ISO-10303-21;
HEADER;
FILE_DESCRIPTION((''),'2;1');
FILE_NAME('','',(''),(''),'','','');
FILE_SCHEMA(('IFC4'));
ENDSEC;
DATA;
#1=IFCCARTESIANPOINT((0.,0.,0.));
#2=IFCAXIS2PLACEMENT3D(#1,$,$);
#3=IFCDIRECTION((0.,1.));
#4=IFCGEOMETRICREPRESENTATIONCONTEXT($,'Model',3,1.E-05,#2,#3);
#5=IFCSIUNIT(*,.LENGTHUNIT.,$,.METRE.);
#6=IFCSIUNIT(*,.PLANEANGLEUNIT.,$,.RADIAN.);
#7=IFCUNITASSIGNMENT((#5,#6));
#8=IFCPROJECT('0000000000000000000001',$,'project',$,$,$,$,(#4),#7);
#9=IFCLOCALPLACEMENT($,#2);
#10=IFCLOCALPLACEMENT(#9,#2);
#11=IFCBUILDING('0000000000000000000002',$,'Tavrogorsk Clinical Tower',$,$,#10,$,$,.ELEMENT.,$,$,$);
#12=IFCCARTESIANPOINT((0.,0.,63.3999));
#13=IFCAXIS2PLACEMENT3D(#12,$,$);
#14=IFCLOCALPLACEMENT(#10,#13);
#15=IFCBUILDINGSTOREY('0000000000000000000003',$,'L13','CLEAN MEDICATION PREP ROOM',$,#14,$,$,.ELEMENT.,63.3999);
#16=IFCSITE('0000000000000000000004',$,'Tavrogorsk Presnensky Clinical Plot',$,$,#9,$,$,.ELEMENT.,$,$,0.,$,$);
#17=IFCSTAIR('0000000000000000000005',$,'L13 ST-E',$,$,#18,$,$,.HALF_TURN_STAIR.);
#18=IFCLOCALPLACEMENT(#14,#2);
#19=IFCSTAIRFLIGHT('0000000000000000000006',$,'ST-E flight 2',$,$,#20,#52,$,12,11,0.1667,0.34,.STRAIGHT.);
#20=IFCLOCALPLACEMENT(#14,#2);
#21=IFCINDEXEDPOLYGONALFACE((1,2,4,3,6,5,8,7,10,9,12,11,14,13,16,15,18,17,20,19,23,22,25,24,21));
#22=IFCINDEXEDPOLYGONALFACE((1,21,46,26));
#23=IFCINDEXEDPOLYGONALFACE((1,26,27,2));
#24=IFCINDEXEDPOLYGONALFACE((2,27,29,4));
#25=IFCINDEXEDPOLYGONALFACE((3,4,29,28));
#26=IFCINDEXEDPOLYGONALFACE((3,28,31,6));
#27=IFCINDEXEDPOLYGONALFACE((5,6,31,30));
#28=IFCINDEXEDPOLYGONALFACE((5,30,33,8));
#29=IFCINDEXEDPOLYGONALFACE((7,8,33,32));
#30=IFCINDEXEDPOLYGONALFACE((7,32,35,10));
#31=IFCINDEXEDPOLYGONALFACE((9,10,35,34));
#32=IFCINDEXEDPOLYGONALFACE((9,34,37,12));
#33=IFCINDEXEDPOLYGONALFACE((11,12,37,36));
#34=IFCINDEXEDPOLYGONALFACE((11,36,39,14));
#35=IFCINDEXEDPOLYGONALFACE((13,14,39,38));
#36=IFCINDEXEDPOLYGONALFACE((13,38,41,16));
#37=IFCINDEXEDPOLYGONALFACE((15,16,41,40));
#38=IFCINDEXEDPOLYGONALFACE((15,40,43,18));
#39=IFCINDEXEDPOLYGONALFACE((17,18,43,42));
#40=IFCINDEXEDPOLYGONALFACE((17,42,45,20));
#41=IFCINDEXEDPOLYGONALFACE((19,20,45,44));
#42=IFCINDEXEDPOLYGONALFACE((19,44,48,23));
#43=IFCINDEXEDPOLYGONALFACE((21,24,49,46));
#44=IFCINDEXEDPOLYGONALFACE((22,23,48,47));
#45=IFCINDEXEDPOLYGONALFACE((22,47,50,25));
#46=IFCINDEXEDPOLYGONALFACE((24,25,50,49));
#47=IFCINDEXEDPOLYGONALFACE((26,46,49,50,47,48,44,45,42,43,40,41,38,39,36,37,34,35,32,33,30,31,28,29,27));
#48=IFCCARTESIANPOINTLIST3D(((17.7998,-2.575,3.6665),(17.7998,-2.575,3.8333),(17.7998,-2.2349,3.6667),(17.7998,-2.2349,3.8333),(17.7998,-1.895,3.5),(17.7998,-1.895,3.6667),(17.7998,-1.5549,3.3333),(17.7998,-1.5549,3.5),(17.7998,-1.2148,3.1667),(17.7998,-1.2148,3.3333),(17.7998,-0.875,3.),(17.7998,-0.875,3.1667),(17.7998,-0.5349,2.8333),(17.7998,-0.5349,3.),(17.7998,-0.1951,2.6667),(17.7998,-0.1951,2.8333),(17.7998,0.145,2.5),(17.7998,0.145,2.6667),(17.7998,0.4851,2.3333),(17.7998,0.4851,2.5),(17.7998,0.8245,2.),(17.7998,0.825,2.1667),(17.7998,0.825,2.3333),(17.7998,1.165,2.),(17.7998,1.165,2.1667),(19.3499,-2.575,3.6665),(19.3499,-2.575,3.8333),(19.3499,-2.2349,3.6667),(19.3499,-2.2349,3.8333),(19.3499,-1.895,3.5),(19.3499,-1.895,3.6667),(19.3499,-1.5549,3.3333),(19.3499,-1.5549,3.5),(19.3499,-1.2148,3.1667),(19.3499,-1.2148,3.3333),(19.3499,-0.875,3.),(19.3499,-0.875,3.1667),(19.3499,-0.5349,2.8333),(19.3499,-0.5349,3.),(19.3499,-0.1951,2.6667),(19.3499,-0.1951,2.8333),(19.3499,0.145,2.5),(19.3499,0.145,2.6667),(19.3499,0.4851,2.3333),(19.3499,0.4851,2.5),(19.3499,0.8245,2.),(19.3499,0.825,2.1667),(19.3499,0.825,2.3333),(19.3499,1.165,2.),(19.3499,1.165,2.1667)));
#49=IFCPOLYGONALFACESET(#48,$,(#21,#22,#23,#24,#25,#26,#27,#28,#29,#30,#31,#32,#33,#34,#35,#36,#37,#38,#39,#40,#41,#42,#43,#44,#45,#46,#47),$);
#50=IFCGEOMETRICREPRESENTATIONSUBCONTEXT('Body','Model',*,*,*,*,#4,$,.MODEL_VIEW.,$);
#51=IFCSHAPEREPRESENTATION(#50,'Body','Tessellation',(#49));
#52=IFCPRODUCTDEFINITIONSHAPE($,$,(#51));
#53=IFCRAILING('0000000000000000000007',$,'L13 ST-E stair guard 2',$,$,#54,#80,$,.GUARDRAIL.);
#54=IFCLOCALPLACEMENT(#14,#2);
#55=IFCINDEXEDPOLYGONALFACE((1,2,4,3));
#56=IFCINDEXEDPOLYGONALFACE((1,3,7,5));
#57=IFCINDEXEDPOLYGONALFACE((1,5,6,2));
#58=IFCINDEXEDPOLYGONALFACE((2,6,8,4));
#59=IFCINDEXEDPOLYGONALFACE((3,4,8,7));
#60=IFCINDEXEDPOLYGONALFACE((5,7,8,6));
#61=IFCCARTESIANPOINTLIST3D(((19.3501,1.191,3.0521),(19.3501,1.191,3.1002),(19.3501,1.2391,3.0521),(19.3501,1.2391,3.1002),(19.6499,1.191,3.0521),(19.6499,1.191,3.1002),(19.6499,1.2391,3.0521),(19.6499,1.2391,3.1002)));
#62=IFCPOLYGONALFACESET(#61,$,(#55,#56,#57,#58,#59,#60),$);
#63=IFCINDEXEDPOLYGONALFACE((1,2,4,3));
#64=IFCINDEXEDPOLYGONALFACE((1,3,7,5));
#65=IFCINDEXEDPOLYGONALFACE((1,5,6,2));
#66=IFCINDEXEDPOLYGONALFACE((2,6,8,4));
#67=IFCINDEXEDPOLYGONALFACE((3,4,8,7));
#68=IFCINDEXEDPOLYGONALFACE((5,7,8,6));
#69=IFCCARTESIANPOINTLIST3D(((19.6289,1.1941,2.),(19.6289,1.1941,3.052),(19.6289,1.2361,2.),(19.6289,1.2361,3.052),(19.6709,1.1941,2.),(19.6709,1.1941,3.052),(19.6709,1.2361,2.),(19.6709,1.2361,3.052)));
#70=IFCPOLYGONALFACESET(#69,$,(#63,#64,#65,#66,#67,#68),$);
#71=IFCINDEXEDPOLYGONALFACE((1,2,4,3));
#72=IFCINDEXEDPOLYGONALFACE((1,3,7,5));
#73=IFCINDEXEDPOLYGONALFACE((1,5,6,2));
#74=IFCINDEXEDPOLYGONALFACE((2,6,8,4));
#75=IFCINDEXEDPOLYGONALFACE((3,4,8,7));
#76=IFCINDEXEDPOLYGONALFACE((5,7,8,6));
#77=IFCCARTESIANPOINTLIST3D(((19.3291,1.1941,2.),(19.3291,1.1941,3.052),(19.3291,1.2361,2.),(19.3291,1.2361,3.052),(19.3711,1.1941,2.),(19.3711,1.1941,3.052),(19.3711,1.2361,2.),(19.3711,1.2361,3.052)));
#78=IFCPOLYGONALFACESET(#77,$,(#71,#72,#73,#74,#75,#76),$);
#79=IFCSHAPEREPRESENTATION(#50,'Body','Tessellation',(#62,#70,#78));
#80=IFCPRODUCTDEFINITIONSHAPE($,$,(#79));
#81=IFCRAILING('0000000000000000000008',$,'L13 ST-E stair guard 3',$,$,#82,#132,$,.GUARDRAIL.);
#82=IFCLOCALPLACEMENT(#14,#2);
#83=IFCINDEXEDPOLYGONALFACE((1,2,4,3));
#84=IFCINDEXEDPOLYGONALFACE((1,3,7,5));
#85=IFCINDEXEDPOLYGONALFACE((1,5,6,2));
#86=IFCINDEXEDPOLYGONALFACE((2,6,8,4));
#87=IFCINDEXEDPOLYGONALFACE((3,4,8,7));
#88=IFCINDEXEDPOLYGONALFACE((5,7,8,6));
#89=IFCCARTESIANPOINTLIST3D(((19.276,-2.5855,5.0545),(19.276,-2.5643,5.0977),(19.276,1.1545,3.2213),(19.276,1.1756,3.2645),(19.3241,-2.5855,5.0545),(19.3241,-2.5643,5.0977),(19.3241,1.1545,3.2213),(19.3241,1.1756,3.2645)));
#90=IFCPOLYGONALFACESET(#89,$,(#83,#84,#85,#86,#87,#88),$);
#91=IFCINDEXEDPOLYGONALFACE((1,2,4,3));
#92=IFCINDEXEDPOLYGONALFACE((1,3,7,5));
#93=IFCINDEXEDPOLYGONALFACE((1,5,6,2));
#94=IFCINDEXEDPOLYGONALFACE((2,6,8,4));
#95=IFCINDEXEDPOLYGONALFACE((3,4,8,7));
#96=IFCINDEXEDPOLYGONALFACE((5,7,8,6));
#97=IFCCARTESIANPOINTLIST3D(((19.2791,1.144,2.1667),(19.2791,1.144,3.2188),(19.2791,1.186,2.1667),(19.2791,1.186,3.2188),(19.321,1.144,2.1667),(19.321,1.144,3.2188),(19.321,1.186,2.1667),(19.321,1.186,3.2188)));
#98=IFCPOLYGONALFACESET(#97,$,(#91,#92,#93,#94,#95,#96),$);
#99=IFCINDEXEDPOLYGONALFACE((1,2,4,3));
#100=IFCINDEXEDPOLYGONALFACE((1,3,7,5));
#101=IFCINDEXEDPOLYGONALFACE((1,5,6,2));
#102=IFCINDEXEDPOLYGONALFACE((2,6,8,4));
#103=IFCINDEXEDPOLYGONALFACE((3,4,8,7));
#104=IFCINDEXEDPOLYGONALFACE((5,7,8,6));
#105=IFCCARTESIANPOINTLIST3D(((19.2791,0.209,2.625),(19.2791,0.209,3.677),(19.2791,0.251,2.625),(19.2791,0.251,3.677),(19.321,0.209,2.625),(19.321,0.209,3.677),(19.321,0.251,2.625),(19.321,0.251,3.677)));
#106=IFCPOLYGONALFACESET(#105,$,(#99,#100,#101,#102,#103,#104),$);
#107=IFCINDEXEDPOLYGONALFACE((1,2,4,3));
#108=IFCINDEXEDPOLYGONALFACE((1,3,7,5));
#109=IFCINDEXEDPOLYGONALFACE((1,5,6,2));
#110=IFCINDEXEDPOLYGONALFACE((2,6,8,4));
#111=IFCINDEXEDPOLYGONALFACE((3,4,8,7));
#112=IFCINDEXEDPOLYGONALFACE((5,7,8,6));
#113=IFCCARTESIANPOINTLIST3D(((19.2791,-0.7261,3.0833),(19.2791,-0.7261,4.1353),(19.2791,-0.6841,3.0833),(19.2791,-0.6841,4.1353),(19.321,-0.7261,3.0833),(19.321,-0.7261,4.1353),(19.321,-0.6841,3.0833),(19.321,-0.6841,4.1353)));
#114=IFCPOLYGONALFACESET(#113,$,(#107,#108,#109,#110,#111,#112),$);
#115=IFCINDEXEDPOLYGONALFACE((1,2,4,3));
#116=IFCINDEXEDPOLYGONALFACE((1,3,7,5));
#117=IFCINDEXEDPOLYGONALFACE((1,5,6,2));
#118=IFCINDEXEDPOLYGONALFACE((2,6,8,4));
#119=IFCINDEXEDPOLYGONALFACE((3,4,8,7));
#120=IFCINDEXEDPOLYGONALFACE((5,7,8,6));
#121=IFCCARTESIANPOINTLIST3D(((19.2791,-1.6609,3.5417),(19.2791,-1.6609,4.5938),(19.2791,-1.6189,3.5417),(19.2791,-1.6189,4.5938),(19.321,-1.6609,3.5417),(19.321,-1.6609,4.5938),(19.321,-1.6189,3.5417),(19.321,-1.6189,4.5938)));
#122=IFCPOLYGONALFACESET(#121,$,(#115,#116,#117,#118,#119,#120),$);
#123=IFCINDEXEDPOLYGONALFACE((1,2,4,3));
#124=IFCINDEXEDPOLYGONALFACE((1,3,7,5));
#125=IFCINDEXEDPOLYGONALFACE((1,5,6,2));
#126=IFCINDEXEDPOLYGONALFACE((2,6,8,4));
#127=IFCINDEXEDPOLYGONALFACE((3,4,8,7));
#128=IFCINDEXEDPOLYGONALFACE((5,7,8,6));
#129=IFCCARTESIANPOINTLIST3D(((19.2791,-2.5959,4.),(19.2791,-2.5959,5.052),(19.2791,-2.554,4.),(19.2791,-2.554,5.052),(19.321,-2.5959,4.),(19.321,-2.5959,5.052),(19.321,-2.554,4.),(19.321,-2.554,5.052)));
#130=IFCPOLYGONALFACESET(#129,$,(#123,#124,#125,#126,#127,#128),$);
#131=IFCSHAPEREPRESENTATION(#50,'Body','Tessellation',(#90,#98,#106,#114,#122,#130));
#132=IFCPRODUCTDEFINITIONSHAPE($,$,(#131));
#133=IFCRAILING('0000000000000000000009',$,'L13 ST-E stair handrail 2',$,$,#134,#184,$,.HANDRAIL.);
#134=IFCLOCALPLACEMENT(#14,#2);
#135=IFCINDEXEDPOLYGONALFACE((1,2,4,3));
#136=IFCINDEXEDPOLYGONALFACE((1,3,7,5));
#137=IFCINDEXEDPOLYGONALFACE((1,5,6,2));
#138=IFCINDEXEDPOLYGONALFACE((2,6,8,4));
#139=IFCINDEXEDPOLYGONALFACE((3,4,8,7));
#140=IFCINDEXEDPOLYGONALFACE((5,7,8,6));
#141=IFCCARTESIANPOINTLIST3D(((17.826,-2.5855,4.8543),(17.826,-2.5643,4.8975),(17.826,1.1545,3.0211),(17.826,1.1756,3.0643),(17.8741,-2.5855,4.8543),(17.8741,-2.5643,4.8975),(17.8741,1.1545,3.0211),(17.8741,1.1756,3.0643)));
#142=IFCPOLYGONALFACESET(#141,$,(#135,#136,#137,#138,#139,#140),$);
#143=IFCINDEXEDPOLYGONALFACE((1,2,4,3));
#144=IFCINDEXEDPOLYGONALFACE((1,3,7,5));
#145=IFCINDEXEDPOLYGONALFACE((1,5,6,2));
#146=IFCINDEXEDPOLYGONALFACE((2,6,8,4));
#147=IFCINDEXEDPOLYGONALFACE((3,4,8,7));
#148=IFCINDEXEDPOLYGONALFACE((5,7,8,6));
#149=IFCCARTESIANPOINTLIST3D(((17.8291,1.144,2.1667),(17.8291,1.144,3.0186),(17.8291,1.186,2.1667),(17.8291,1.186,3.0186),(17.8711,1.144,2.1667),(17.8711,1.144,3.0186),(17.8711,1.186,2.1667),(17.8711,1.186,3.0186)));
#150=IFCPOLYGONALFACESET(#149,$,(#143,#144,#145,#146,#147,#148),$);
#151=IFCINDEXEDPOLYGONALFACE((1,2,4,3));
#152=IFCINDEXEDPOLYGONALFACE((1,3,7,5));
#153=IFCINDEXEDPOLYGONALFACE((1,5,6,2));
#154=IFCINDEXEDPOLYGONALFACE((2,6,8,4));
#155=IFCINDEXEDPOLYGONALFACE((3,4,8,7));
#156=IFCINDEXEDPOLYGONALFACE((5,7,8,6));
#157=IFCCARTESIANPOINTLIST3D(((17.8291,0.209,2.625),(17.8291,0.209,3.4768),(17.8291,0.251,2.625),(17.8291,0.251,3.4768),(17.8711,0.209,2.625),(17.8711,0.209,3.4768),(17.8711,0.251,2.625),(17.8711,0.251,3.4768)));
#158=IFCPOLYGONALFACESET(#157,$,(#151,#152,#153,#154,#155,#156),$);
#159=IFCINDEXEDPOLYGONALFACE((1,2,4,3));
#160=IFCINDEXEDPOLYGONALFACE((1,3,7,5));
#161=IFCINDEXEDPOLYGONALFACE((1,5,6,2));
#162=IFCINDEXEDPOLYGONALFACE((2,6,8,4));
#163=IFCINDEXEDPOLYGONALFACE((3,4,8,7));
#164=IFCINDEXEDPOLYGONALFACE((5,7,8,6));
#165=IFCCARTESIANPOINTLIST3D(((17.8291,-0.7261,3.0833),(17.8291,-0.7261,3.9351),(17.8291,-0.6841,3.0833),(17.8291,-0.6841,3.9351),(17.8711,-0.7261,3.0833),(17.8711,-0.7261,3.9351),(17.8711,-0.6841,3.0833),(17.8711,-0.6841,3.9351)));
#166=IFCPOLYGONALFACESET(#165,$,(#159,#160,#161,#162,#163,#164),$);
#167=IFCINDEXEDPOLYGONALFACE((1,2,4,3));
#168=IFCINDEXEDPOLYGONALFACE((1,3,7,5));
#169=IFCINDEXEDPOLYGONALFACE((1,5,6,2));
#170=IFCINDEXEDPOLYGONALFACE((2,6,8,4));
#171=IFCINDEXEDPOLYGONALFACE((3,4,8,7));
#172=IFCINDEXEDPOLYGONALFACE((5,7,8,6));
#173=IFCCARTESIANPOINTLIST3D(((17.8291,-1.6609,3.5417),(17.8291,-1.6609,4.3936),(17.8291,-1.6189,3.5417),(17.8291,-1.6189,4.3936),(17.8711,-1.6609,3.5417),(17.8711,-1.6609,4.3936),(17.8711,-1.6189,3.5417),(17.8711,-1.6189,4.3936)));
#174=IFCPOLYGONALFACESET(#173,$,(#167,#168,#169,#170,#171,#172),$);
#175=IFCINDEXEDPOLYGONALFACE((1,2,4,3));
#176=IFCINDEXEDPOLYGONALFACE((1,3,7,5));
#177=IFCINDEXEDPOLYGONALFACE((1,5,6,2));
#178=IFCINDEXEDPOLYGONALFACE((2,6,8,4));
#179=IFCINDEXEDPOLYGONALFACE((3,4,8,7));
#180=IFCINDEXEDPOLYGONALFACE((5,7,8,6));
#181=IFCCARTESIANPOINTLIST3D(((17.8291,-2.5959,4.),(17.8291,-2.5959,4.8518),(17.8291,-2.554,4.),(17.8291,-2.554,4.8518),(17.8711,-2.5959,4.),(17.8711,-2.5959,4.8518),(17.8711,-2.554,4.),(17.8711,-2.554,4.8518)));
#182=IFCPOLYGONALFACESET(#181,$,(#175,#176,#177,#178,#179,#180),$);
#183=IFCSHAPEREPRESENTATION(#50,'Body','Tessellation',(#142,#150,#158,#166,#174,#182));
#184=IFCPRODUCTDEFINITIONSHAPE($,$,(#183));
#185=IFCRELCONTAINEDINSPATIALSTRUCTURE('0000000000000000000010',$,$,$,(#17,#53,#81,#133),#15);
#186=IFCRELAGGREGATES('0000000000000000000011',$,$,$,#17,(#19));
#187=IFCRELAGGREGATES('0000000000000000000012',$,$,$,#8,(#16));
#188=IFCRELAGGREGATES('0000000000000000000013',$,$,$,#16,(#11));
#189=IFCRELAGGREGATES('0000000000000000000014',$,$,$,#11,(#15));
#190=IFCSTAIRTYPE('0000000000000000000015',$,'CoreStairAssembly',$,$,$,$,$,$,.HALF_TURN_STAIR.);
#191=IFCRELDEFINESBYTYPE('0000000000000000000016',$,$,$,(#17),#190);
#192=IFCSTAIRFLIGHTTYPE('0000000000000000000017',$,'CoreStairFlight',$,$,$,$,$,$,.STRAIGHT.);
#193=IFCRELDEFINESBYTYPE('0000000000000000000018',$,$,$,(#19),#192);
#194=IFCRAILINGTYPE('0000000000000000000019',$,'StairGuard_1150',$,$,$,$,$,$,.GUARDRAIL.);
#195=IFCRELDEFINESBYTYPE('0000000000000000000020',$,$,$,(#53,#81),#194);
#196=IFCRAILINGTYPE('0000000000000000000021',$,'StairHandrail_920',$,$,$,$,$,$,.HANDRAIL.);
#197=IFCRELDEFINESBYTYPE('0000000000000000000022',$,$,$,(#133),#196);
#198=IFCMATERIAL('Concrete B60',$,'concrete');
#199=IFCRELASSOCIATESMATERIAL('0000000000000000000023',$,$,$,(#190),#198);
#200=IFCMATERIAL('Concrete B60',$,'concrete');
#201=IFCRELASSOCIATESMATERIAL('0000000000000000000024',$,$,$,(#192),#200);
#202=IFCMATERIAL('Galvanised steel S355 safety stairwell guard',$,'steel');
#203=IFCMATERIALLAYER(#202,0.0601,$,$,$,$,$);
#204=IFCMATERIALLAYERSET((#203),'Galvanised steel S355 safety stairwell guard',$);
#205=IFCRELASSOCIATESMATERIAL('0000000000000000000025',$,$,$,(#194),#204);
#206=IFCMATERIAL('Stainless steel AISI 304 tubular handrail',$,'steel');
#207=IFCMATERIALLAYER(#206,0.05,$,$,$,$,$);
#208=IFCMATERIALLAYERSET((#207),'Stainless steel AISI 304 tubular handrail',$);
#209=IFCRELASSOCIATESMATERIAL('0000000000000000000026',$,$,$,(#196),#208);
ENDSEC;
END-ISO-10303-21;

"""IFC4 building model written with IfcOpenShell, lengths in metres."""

from ifc_helpers import new_model, si_unit, direction, frame, origin, origin_2d, place, context, subcontext, project, spatial, polyline, rectangle, outline, extrude, material, layer, layer_set, type_object, element, aggregate, save


model = new_model("IFC4")

# Units and contexts
model_context = context("Model", 3, precision=1e-05, world=origin(), true_north=direction((0.0, 1.0)))
body_context = subcontext(model_context, "Body", "Model", "MODEL_VIEW")
ifc_project = project(units=[si_unit("LENGTHUNIT", "METRE"), si_unit("PLANEANGLEUNIT", "RADIAN")], contexts=[model_context])

# Site, building, storey
site_placement = place(None, origin())
site = spatial("IfcSite", under=ifc_project, at=site_placement, Name="Tavrogorsk Presnensky Clinical Plot", CompositionType="ELEMENT", RefElevation=0.0)
building_placement = place(site_placement, origin())
building = spatial("IfcBuilding", under=site, at=building_placement, Name="Tavrogorsk Clinical Tower", CompositionType="ELEMENT")
storey_placement = place(building_placement, frame((0.0, 0.0, 63.3999)))
storey = spatial("IfcBuildingStorey", under=building, at=storey_placement, Name="L13", Description="CLEAN MEDICATION PREP ROOM", CompositionType="ELEMENT", Elevation=63.3999)

# Stair, stair flight
ifc_material_1 = material(Name="Concrete B60", Category="concrete")
stair_type = type_object("IfcStairType", Name="CoreStairAssembly", PredefinedType="HALF_TURN_STAIR", material=ifc_material_1)
stair_placement = place(storey_placement, origin())
stair = element("IfcStair", 1, at=stair_placement, inside=storey, type_object=stair_type, Name="L13 ST-E", PredefinedType="HALF_TURN_STAIR")
ifc_material_2 = material(Name="Concrete B60", Category="concrete")
stair_flight_type = type_object("IfcStairFlightType", Name="CoreStairFlight", PredefinedType="STRAIGHT", material=ifc_material_2)
stair_flight_placement = place(storey_placement, frame((18.575, 1.165, 2.0), z_axis=(0.0, 0.0, 1.0), x_axis=(0.0, -1.0, 0.0)))
stair_flight = element("IfcStairFlight", 2, at=stair_flight_placement, type_object=stair_flight_type, Name="ST-E flight 2", NumberOfRisers=12, NumberOfTreads=11, PredefinedType="STRAIGHT", RiserHeight=0.1667, TreadLength=0.34, context=body_context, shape_type="SweptSolid", body=[
    extrude(outline(polyline([(0.0, 0.0), (0.0, 0.1667), (0.3401, 0.1667), (0.3401, 0.3333), (0.6799, 0.3333), (0.6799, 0.5), (1.02, 0.5), (1.02, 0.6667), (1.3601, 0.6667), (1.3601, 0.8333), (1.7, 0.8333), (1.7, 1.0), (2.04, 1.0), (2.04, 1.1667), (2.3799, 1.1667), (2.3799, 1.3333), (2.72, 1.3333), (2.72, 1.5), (3.0601, 1.5), (3.0601, 1.6667), (3.3999, 1.6667), (3.3999, 1.8333), (3.74, 1.8333), (3.74, 2.0), (3.74, 1.6665), (0.3406, 0.0), (0.0, 0.0)])), frame((0.0, 0.7749, 0.0), z_axis=(0.0, -1.0, 0.0), x_axis=(1.0, 0.0, 0.0)), (0.0, 0.0, 1.0), 1.55),
])
aggregate(stair, [stair_flight])

# Railings
ifc_material_3 = material(Name="Galvanised steel S355 safety stairwell guard", Category="steel")
ifc_layer_1 = layer(ifc_material_3, 0.0601)
ifc_layer_set_1 = layer_set([ifc_layer_1], Name="Galvanised steel S355 safety stairwell guard")
railing_type_1 = type_object("IfcRailingType", Name="StairGuard_1150", PredefinedType="GUARDRAIL", material=ifc_layer_set_1)
railing_1_placement = place(storey_placement, frame((19.6499, 1.2151, 2.0)))
element("IfcRailing", 3, at=railing_1_placement, inside=storey, type_object=railing_type_1, Name="L13 ST-E stair guard 2", PredefinedType="GUARDRAIL", context=body_context, shape_type="SweptSolid", body=[
    extrude(rectangle(XDim=0.0481, YDim=0.0481, at=origin_2d()), frame((0.0, 0.0, 1.0762), z_axis=(-1.0, 0.0, 0.0), x_axis=(0.0, -1.0, 0.0)), (0.0, 0.0, 1.0), 0.2998),
    extrude(rectangle(XDim=0.042, YDim=0.042, at=origin_2d()), origin(), (0.0, 0.0, 1.0), 1.052),
    extrude(rectangle(XDim=0.042, YDim=0.042, at=origin_2d()), frame((-0.2998, 0.0, 0.0)), (0.0, 0.0, 1.0), 1.052),
])
railing_2_placement = place(storey_placement, frame((19.3, 1.165, 2.1667)))
element("IfcRailing", 4, at=railing_2_placement, inside=storey, type_object=railing_type_1, Name="L13 ST-E stair guard 3", PredefinedType="GUARDRAIL", context=body_context, shape_type="SweptSolid", body=[
    extrude(rectangle(XDim=0.0481, YDim=0.0481, at=origin_2d()), frame((0.0, 0.0, 1.0762), z_axis=(0.0, -0.897928, 0.440142), x_axis=(1.0, 0.0, 0.0)), (0.0, 0.0, 1.0), 4.165),
    extrude(rectangle(XDim=0.042, YDim=0.042, at=origin_2d()), origin(), (0.0, 0.0, 1.0), 1.052),
    extrude(rectangle(XDim=0.042, YDim=0.042, at=origin_2d()), frame((0.0, -0.9351, 0.4583)), (0.0, 0.0, 1.0), 1.052),
    extrude(rectangle(XDim=0.042, YDim=0.042, at=origin_2d()), frame((0.0, -1.8701, 0.9165)), (0.0, 0.0, 1.0), 1.052),
    extrude(rectangle(XDim=0.042, YDim=0.042, at=origin_2d()), frame((0.0, -2.8049, 1.375)), (0.0, 0.0, 1.0), 1.052),
    extrude(rectangle(XDim=0.042, YDim=0.042, at=origin_2d()), frame((0.0, -3.74, 1.8333)), (0.0, 0.0, 1.0), 1.052),
])
ifc_material_4 = material(Name="Stainless steel AISI 304 tubular handrail", Category="steel")
ifc_layer_2 = layer(ifc_material_4, 0.05)
ifc_layer_set_2 = layer_set([ifc_layer_2], Name="Stainless steel AISI 304 tubular handrail")
railing_type_2 = type_object("IfcRailingType", Name="StairHandrail_920", PredefinedType="HANDRAIL", material=ifc_layer_set_2)
railing_3_placement = place(storey_placement, frame((17.8501, 1.165, 2.1667)))
element("IfcRailing", 5, at=railing_3_placement, inside=storey, type_object=railing_type_2, Name="L13 ST-E stair handrail 2", PredefinedType="HANDRAIL", context=body_context, shape_type="SweptSolid", body=[
    extrude(rectangle(XDim=0.0481, YDim=0.0481, at=origin_2d()), frame((0.0, 0.0, 0.876), z_axis=(0.0, -0.897928, 0.440142), x_axis=(1.0, 0.0, 0.0)), (0.0, 0.0, 1.0), 4.165),
    extrude(rectangle(XDim=0.042, YDim=0.042, at=origin_2d()), origin(), (0.0, 0.0, 1.0), 0.8518),
    extrude(rectangle(XDim=0.042, YDim=0.042, at=origin_2d()), frame((0.0, -0.9351, 0.4583)), (0.0, 0.0, 1.0), 0.8518),
    extrude(rectangle(XDim=0.042, YDim=0.042, at=origin_2d()), frame((0.0, -1.8701, 0.9165)), (0.0, 0.0, 1.0), 0.8518),
    extrude(rectangle(XDim=0.042, YDim=0.042, at=origin_2d()), frame((0.0, -2.8049, 1.375)), (0.0, 0.0, 1.0), 0.8518),
    extrude(rectangle(XDim=0.042, YDim=0.042, at=origin_2d()), frame((0.0, -3.74, 1.8333)), (0.0, 0.0, 1.0), 0.8518),
])

save(model, "model.ifc")
